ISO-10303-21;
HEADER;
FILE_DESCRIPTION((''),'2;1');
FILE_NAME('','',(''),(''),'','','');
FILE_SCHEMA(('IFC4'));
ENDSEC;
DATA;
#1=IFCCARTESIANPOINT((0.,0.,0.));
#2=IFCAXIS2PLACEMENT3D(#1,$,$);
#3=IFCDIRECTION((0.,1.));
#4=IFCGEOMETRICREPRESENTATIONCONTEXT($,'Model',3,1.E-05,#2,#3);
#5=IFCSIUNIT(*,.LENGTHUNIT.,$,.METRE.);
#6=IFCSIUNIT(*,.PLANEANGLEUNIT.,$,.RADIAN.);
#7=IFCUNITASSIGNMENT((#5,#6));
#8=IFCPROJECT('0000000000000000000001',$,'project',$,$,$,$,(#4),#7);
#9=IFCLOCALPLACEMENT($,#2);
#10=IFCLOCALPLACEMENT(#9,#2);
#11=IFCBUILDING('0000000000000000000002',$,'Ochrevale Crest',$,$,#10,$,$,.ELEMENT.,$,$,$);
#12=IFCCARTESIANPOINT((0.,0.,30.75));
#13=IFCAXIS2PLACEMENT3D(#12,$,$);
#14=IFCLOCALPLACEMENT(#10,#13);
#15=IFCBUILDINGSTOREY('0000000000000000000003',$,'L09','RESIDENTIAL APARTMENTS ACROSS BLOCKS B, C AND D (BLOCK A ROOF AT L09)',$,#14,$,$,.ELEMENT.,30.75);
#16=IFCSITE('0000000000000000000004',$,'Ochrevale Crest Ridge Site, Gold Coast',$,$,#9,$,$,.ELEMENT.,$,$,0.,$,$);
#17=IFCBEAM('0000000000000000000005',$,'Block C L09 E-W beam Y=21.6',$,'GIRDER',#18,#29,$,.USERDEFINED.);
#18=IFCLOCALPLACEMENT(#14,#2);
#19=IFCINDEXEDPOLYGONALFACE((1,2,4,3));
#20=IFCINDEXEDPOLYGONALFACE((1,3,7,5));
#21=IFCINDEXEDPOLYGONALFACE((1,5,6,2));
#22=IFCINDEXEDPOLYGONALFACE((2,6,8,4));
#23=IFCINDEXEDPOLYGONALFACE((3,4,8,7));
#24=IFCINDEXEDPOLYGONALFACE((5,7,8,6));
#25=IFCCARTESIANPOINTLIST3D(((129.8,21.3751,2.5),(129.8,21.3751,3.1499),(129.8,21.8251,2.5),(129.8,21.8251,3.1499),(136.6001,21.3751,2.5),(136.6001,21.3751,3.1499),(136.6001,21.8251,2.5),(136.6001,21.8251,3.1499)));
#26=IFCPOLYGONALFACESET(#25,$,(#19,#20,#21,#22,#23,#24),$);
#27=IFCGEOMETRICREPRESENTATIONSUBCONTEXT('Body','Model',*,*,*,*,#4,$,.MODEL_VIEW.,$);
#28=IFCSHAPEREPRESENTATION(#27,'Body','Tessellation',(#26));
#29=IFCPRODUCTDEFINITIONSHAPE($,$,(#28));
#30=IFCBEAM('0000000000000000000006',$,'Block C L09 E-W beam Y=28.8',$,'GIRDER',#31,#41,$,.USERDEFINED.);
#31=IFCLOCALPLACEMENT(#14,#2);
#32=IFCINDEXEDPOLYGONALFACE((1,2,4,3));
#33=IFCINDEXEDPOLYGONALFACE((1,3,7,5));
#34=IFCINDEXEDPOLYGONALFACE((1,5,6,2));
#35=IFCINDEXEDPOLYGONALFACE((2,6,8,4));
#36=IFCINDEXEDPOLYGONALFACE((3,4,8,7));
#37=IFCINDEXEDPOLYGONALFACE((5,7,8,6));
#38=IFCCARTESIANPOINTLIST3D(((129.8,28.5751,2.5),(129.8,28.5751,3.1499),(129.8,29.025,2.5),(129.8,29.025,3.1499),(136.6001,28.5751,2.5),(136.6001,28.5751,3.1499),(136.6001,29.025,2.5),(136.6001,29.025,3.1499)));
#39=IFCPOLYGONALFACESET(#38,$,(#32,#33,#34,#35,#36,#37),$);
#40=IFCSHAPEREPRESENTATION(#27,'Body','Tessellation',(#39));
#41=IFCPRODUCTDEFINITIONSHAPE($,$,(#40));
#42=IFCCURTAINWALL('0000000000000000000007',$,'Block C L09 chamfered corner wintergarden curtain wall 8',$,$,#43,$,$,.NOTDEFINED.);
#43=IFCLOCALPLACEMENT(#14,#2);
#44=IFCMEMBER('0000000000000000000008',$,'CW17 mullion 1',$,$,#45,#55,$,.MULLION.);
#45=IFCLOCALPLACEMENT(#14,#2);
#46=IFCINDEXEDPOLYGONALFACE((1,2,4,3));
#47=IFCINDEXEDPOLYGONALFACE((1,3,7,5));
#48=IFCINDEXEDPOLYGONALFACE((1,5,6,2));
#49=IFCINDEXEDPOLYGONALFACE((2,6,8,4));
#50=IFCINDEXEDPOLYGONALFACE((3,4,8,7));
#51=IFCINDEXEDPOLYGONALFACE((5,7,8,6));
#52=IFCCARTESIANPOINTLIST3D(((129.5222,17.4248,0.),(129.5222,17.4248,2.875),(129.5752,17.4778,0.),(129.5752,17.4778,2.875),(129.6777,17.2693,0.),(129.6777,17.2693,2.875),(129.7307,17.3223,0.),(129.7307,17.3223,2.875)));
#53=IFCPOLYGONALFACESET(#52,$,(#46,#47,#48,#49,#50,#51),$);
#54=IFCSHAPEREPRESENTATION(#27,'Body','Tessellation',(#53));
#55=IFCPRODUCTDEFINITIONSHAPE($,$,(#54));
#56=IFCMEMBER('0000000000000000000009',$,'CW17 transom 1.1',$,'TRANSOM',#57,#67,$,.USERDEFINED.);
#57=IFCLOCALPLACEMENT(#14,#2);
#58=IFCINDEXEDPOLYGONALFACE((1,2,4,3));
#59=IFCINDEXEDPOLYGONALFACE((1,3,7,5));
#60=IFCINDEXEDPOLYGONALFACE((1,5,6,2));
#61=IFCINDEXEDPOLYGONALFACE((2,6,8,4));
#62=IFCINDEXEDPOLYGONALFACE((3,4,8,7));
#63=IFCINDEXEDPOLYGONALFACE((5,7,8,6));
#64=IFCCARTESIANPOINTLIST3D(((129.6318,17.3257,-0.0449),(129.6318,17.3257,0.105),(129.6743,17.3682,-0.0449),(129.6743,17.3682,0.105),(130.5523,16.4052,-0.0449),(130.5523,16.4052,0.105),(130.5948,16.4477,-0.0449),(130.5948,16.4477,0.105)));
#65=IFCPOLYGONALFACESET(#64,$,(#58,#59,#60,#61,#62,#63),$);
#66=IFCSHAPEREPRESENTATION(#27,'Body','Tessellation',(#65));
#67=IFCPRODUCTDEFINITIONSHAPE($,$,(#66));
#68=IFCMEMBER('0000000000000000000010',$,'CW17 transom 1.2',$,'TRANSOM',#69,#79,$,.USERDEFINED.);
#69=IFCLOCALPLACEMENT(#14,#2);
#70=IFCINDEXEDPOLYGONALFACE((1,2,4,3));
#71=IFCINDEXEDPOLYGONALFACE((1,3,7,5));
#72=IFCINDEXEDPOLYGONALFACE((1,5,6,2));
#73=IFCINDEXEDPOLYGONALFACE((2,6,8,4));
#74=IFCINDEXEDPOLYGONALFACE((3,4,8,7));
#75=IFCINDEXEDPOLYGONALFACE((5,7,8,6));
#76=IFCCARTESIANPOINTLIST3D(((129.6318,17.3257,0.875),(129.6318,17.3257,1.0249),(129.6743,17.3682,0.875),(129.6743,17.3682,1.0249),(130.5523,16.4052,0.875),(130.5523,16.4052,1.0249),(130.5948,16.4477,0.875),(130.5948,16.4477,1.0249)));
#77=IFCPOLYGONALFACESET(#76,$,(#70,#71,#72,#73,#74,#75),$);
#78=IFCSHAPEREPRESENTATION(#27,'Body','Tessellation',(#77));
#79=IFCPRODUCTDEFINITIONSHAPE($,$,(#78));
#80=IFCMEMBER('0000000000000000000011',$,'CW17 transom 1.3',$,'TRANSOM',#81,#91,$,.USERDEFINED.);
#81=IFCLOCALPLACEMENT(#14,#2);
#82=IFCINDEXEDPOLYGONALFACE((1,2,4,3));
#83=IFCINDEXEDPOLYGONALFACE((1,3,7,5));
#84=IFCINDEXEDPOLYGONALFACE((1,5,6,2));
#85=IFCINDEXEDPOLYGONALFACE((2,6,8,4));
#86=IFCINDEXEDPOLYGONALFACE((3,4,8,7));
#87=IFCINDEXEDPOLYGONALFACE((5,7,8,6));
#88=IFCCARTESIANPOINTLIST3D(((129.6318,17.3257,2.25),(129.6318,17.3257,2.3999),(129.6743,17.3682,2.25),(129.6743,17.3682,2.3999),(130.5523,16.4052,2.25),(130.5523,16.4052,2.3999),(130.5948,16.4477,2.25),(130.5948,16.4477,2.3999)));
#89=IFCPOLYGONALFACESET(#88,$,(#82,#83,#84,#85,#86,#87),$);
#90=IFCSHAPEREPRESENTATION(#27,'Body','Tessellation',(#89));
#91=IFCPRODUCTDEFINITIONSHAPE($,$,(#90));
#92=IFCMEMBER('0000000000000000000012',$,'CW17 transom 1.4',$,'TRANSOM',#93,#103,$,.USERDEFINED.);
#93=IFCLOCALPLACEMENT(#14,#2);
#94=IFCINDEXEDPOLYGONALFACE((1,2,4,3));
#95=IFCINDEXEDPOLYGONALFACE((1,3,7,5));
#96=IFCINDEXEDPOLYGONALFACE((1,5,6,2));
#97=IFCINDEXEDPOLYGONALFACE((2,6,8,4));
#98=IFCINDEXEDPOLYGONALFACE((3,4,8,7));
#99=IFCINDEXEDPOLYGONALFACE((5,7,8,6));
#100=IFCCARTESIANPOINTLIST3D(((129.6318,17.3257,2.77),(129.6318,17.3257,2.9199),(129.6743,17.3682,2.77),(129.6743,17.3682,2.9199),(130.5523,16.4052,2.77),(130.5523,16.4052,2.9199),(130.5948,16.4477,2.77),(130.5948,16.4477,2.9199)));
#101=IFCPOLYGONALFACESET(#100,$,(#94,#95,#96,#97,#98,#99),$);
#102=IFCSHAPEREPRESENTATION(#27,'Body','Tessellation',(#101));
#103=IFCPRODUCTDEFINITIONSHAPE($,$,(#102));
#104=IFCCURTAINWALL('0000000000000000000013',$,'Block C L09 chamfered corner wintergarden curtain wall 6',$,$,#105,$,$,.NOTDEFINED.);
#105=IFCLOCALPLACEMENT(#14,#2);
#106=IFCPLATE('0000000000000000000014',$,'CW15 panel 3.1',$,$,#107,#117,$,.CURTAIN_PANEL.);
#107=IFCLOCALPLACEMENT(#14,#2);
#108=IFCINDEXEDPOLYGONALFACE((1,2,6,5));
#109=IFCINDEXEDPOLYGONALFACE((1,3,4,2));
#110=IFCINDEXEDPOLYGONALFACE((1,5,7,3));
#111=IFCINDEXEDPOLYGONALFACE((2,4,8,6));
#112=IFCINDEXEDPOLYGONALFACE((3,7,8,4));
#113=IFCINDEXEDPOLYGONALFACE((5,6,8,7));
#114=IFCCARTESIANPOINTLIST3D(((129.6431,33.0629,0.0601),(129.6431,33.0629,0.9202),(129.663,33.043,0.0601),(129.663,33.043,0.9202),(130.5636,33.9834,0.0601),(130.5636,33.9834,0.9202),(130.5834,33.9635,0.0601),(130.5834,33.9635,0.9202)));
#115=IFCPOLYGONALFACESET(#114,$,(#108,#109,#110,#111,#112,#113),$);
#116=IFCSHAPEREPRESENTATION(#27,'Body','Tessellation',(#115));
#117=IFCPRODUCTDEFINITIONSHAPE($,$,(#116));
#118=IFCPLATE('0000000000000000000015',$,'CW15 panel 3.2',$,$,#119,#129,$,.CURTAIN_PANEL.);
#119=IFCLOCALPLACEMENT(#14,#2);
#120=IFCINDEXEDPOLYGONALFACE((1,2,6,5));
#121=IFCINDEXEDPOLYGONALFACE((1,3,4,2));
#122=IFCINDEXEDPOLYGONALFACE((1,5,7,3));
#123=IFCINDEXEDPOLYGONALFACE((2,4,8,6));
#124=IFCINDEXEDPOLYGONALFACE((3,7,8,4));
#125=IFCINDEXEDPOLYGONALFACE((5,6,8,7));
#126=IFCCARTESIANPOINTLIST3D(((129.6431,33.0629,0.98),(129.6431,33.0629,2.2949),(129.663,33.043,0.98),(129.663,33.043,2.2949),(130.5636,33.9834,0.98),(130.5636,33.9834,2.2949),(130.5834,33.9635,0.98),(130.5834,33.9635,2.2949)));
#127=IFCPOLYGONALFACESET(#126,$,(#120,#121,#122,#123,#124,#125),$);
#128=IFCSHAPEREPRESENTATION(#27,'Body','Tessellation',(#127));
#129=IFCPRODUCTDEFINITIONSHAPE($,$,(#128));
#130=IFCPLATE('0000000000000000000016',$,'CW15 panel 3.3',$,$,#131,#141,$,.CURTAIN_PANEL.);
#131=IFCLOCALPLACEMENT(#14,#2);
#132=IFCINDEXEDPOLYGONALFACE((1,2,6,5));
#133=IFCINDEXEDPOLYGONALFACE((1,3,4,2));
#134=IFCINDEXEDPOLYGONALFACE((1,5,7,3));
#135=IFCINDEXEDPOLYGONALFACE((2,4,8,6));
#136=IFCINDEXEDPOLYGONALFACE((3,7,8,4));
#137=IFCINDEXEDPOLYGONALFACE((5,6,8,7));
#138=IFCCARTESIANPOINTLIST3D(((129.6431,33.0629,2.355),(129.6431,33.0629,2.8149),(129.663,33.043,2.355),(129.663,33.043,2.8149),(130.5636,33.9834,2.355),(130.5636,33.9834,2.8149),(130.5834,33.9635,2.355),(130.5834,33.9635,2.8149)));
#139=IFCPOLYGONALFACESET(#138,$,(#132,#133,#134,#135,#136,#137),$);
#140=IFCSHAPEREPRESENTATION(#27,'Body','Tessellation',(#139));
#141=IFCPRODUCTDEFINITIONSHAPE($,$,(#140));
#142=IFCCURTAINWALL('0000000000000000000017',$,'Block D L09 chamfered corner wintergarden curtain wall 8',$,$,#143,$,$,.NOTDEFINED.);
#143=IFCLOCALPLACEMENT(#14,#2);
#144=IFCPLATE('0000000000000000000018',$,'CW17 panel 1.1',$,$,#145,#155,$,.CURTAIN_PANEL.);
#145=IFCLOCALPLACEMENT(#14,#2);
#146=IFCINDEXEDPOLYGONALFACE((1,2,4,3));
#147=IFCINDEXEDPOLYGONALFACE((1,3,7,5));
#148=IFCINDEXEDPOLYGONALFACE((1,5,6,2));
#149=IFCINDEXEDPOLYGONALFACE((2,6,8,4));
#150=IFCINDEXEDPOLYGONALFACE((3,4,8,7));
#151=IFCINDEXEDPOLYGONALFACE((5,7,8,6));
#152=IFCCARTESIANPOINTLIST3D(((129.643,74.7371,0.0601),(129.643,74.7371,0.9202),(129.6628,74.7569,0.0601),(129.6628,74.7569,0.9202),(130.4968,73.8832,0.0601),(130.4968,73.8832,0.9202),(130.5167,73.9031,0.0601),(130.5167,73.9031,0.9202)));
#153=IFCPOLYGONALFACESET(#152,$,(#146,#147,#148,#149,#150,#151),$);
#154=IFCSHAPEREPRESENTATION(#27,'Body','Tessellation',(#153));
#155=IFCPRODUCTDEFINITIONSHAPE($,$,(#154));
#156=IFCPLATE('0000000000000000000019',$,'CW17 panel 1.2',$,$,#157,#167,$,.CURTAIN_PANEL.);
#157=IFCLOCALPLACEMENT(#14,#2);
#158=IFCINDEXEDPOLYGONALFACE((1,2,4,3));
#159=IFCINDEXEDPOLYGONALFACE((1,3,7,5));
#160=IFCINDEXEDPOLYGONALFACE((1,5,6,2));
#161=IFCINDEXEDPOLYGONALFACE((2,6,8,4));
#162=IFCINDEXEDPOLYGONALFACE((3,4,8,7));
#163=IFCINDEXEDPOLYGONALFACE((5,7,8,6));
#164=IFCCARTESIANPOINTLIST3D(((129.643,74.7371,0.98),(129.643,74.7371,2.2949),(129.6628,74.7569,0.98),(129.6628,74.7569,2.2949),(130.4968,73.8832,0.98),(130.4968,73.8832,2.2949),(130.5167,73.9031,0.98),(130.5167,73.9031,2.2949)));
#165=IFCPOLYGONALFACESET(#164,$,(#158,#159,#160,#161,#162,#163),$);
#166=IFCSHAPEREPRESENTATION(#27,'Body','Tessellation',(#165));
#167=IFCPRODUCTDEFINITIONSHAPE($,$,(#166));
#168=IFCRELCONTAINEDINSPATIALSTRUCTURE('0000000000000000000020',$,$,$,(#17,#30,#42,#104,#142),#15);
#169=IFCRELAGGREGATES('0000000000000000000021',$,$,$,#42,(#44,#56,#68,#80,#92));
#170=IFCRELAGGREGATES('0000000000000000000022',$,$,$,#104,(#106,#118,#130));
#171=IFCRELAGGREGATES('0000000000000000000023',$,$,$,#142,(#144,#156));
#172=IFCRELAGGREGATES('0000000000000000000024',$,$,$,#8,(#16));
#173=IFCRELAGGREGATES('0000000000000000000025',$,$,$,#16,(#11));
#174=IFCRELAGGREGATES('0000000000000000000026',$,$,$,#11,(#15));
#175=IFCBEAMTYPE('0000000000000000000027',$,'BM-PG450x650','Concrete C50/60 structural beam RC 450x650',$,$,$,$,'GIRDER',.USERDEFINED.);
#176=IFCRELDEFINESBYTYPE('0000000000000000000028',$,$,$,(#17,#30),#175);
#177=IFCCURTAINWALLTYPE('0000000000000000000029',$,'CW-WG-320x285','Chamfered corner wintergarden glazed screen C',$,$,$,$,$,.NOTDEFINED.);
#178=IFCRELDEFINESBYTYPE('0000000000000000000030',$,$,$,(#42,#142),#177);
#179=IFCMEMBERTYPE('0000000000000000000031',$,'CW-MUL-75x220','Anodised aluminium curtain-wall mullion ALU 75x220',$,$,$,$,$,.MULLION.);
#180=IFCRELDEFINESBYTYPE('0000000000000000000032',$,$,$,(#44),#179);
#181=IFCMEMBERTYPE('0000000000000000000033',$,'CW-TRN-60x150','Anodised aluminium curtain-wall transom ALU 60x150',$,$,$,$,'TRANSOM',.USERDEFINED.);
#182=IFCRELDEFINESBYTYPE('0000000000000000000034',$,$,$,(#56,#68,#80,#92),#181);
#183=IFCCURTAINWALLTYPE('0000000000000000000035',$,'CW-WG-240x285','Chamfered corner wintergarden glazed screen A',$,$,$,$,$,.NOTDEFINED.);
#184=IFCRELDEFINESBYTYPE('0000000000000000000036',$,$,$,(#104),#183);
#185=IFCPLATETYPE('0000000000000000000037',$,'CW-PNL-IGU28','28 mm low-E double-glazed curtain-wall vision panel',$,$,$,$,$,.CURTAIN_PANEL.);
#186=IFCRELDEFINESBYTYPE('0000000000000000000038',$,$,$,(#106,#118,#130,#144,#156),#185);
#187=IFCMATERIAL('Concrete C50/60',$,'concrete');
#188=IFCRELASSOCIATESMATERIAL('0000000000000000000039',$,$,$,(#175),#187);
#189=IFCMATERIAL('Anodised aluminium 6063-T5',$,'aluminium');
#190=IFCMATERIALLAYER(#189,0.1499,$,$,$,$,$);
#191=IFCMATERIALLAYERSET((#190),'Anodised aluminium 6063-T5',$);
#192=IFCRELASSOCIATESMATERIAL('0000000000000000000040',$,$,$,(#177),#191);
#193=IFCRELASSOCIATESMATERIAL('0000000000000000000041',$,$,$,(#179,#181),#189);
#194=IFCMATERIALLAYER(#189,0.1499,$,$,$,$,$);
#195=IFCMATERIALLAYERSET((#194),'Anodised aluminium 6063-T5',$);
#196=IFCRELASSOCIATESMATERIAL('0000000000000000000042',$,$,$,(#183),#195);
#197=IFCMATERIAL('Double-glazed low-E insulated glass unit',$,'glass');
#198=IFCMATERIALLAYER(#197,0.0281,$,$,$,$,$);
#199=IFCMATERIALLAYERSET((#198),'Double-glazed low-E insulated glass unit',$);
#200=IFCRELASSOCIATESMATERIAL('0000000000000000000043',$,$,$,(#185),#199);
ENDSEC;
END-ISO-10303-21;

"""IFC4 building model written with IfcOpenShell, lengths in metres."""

from ifc_helpers import new_model, si_unit, direction, frame, origin, origin_2d, place, context, subcontext, project, spatial, rectangle, extrude, material, layer, layer_set, material_profile, profile_set, type_object, element, aggregate, save


model = new_model("IFC4")

# Units and contexts
model_context = context("Model", 3, precision=1e-05, world=origin(), true_north=direction((0.0, 1.0)))
body_context = subcontext(model_context, "Body", "Model", "MODEL_VIEW")
ifc_project = project(units=[si_unit("LENGTHUNIT", "METRE"), si_unit("PLANEANGLEUNIT", "RADIAN")], contexts=[model_context])

# Site, building, storey
site_placement = place(None, origin())
site = spatial("IfcSite", under=ifc_project, at=site_placement, Name="Ochrevale Crest Ridge Site, Gold Coast", CompositionType="ELEMENT", RefElevation=0.0)
building_placement = place(site_placement, origin())
building = spatial("IfcBuilding", under=site, at=building_placement, Name="Ochrevale Crest", CompositionType="ELEMENT")
storey_placement = place(building_placement, frame((0.0, 0.0, 30.75)))
storey = spatial("IfcBuildingStorey", under=building, at=storey_placement, Name="L09", Description="RESIDENTIAL APARTMENTS ACROSS BLOCKS B, C AND D (BLOCK A ROOF AT L09)", CompositionType="ELEMENT", Elevation=30.75)

# Beams
ifc_material_1 = material(Name="Concrete C50/60", Category="concrete")
ifc_material_profile_1 = material_profile(ifc_material_1, rectangle(XDim=0.45, YDim=0.6499, at=origin_2d()), Name="RC 450x650")
ifc_profile_set_1 = profile_set([ifc_material_profile_1], Name="Concrete C50/60")
beam_type = type_object("IfcBeamType", Name="BM-PG450x650", Description="Concrete C50/60 structural beam RC 450x650", ElementType="GIRDER", PredefinedType="USERDEFINED", material=ifc_profile_set_1)
for number, where, z_axis, x_axis, name in (
    (1, (129.8, 21.6001, 2.825), (1.0, 0.0, 0.0), (0.0, 1.0, 0.0), "Block C L09 E-W beam Y=21.6"),
    (2, (129.8, 28.8, 2.825), (1.0, 0.0, 0.0), (0.0, 1.0, 0.0), "Block C L09 E-W beam Y=28.8"),
):
    element("IfcBeam", number, at=place(storey_placement, frame(where, z_axis=z_axis, x_axis=x_axis)), inside=storey, type_object=beam_type, Name=name, ObjectType="GIRDER", PredefinedType="USERDEFINED", context=body_context, shape_type="SweptSolid", body=[
        extrude(rectangle(XDim=0.45, YDim=0.6499, at=origin_2d()), origin(), (0.0, 0.0, 1.0), 6.8),
    ])

# Curtain wall, members
ifc_material_2 = material(Name="Anodised aluminium 6063-T5", Category="aluminium")
ifc_layer_1 = layer(ifc_material_2, 0.1499)
ifc_layer_set_1 = layer_set([ifc_layer_1], Name="Anodised aluminium 6063-T5")
curtain_wall_type_1 = type_object("IfcCurtainWallType", Name="CW-WG-320x285", Description="Chamfered corner wintergarden glazed screen C", PredefinedType="NOTDEFINED", material=ifc_layer_set_1)
curtain_wall_1_placement = place(storey_placement, origin())
curtain_wall_1 = element("IfcCurtainWall", 3, at=curtain_wall_1_placement, inside=storey, type_object=curtain_wall_type_1, Name="Block C L09 chamfered corner wintergarden curtain wall 8", PredefinedType="NOTDEFINED")
ifc_material_profile_2 = material_profile(ifc_material_2, rectangle(XDim=0.075, YDim=0.22, at=origin_2d()), Name="ALU 75x220")
ifc_profile_set_2 = profile_set([ifc_material_profile_2], Name="Anodised aluminium 6063-T5")
member_type_1 = type_object("IfcMemberType", Name="CW-MUL-75x220", Description="Anodised aluminium curtain-wall mullion ALU 75x220", PredefinedType="MULLION", material=ifc_profile_set_2)
member_1_placement = place(storey_placement, frame((129.6265, 17.3735, 0.0), z_axis=(0.0, 0.0, 1.0), x_axis=(0.707107, 0.707107, 0.0)))
member_1 = element("IfcMember", 4, at=member_1_placement, type_object=member_type_1, Name="CW17 mullion 1", PredefinedType="MULLION", context=body_context, shape_type="SweptSolid", body=[
    extrude(rectangle(XDim=0.075, YDim=0.22, at=origin_2d()), origin(), (0.0, 0.0, 1.0), 2.875),
])
ifc_material_profile_3 = material_profile(ifc_material_2, rectangle(XDim=0.0601, YDim=0.1499, at=origin_2d()), Name="ALU 60x150")
ifc_profile_set_3 = profile_set([ifc_material_profile_3], Name="Anodised aluminium 6063-T5")
member_type_2 = type_object("IfcMemberType", Name="CW-TRN-60x150", Description="Anodised aluminium curtain-wall transom ALU 60x150", ElementType="TRANSOM", PredefinedType="USERDEFINED", material=ifc_profile_set_3)
member_2_placement = place(storey_placement, frame((129.6531, 17.3469, 0.03), z_axis=(0.707107, -0.707107, 0.0), x_axis=(0.707107, 0.707107, 0.0)))
member_2 = element("IfcMember", 5, at=member_2_placement, type_object=member_type_2, Name="CW17 transom 1.1", ObjectType="TRANSOM", PredefinedType="USERDEFINED", context=body_context, shape_type="SweptSolid", body=[
    extrude(rectangle(XDim=0.0601, YDim=0.1499, at=origin_2d()), origin(), (0.0, 0.0, 1.0), 1.3018),
])
member_3_placement = place(storey_placement, frame((129.6531, 17.3469, 0.95), z_axis=(0.707107, -0.707107, 0.0), x_axis=(0.707107, 0.707107, 0.0)))
member_3 = element("IfcMember", 6, at=member_3_placement, type_object=member_type_2, Name="CW17 transom 1.2", ObjectType="TRANSOM", PredefinedType="USERDEFINED", context=body_context, shape_type="SweptSolid", body=[
    extrude(rectangle(XDim=0.0601, YDim=0.1499, at=origin_2d()), origin(), (0.0, 0.0, 1.0), 1.3018),
])
member_4_placement = place(storey_placement, frame((129.6531, 17.3469, 2.325), z_axis=(0.707107, -0.707107, 0.0), x_axis=(0.707107, 0.707107, 0.0)))
member_4 = element("IfcMember", 7, at=member_4_placement, type_object=member_type_2, Name="CW17 transom 1.3", ObjectType="TRANSOM", PredefinedType="USERDEFINED", context=body_context, shape_type="SweptSolid", body=[
    extrude(rectangle(XDim=0.0601, YDim=0.1499, at=origin_2d()), origin(), (0.0, 0.0, 1.0), 1.3018),
])
member_5_placement = place(storey_placement, frame((129.6531, 17.3469, 2.845), z_axis=(0.707107, -0.707107, 0.0), x_axis=(0.707107, 0.707107, 0.0)))
member_5 = element("IfcMember", 8, at=member_5_placement, type_object=member_type_2, Name="CW17 transom 1.4", ObjectType="TRANSOM", PredefinedType="USERDEFINED", context=body_context, shape_type="SweptSolid", body=[
    extrude(rectangle(XDim=0.0601, YDim=0.1499, at=origin_2d()), origin(), (0.0, 0.0, 1.0), 1.3018),
])
aggregate(curtain_wall_1, [member_1, member_2, member_3, member_4, member_5])

# Curtain walls, plates
ifc_layer_2 = layer(ifc_material_2, 0.1499)
ifc_layer_set_2 = layer_set([ifc_layer_2], Name="Anodised aluminium 6063-T5")
curtain_wall_type_2 = type_object("IfcCurtainWallType", Name="CW-WG-240x285", Description="Chamfered corner wintergarden glazed screen A", PredefinedType="NOTDEFINED", material=ifc_layer_set_2)
curtain_wall_2_placement = place(storey_placement, origin())
curtain_wall_2 = element("IfcCurtainWall", 9, at=curtain_wall_2_placement, inside=storey, type_object=curtain_wall_type_2, Name="Block C L09 chamfered corner wintergarden curtain wall 6", PredefinedType="NOTDEFINED")
ifc_material_3 = material(Name="Double-glazed low-E insulated glass unit", Category="glass")
ifc_layer_3 = layer(ifc_material_3, 0.0281)
ifc_layer_set_3 = layer_set([ifc_layer_3], Name="Double-glazed low-E insulated glass unit")
plate_type = type_object("IfcPlateType", Name="CW-PNL-IGU28", Description="28 mm low-E double-glazed curtain-wall vision panel", PredefinedType="CURTAIN_PANEL", material=ifc_layer_set_3)
plate_1_placement = place(storey_placement, frame((130.1133, 33.5132, 0.0601), z_axis=(0.0, 0.0, 1.0), x_axis=(-0.707107, -0.707107, 0.0)))
plate_1 = element("IfcPlate", 10, at=plate_1_placement, type_object=plate_type, Name="CW15 panel 3.1", PredefinedType="CURTAIN_PANEL", context=body_context, shape_type="SweptSolid", body=[
    extrude(rectangle(XDim=1.3018, YDim=0.0281, at=origin_2d()), origin(), (0.0, 0.0, 1.0), 0.8601),
])
plate_2_placement = place(storey_placement, frame((130.1133, 33.5132, 0.98), z_axis=(0.0, 0.0, 1.0), x_axis=(-0.707107, -0.707107, 0.0)))
plate_2 = element("IfcPlate", 11, at=plate_2_placement, type_object=plate_type, Name="CW15 panel 3.2", PredefinedType="CURTAIN_PANEL", context=body_context, shape_type="SweptSolid", body=[
    extrude(rectangle(XDim=1.3018, YDim=0.0281, at=origin_2d()), origin(), (0.0, 0.0, 1.0), 1.3149),
])
plate_3_placement = place(storey_placement, frame((130.1133, 33.5132, 2.355), z_axis=(0.0, 0.0, 1.0), x_axis=(-0.707107, -0.707107, 0.0)))
plate_3 = element("IfcPlate", 12, at=plate_3_placement, type_object=plate_type, Name="CW15 panel 3.3", PredefinedType="CURTAIN_PANEL", context=body_context, shape_type="SweptSolid", body=[
    extrude(rectangle(XDim=1.3018, YDim=0.0281, at=origin_2d()), origin(), (0.0, 0.0, 1.0), 0.46),
])
aggregate(curtain_wall_2, [plate_1, plate_2, plate_3])
curtain_wall_3_placement = place(storey_placement, origin())
curtain_wall_3 = element("IfcCurtainWall", 13, at=curtain_wall_3_placement, inside=storey, type_object=curtain_wall_type_1, Name="Block D L09 chamfered corner wintergarden curtain wall 8", PredefinedType="NOTDEFINED")
plate_4_placement = place(storey_placement, frame((130.0798, 74.3201, 0.0601), z_axis=(0.0, 0.0, 1.0), x_axis=(0.707107, -0.707107, 0.0)))
plate_4 = element("IfcPlate", 14, at=plate_4_placement, type_object=plate_type, Name="CW17 panel 1.1", PredefinedType="CURTAIN_PANEL", context=body_context, shape_type="SweptSolid", body=[
    extrude(rectangle(XDim=1.2075, YDim=0.0281, at=origin_2d()), origin(), (0.0, 0.0, 1.0), 0.8601),
])
plate_5_placement = place(storey_placement, frame((130.0798, 74.3201, 0.98), z_axis=(0.0, 0.0, 1.0), x_axis=(0.707107, -0.707107, 0.0)))
plate_5 = element("IfcPlate", 15, at=plate_5_placement, type_object=plate_type, Name="CW17 panel 1.2", PredefinedType="CURTAIN_PANEL", context=body_context, shape_type="SweptSolid", body=[
    extrude(rectangle(XDim=1.2075, YDim=0.0281, at=origin_2d()), origin(), (0.0, 0.0, 1.0), 1.3149),
])
aggregate(curtain_wall_3, [plate_4, plate_5])

save(model, "model.ifc")
